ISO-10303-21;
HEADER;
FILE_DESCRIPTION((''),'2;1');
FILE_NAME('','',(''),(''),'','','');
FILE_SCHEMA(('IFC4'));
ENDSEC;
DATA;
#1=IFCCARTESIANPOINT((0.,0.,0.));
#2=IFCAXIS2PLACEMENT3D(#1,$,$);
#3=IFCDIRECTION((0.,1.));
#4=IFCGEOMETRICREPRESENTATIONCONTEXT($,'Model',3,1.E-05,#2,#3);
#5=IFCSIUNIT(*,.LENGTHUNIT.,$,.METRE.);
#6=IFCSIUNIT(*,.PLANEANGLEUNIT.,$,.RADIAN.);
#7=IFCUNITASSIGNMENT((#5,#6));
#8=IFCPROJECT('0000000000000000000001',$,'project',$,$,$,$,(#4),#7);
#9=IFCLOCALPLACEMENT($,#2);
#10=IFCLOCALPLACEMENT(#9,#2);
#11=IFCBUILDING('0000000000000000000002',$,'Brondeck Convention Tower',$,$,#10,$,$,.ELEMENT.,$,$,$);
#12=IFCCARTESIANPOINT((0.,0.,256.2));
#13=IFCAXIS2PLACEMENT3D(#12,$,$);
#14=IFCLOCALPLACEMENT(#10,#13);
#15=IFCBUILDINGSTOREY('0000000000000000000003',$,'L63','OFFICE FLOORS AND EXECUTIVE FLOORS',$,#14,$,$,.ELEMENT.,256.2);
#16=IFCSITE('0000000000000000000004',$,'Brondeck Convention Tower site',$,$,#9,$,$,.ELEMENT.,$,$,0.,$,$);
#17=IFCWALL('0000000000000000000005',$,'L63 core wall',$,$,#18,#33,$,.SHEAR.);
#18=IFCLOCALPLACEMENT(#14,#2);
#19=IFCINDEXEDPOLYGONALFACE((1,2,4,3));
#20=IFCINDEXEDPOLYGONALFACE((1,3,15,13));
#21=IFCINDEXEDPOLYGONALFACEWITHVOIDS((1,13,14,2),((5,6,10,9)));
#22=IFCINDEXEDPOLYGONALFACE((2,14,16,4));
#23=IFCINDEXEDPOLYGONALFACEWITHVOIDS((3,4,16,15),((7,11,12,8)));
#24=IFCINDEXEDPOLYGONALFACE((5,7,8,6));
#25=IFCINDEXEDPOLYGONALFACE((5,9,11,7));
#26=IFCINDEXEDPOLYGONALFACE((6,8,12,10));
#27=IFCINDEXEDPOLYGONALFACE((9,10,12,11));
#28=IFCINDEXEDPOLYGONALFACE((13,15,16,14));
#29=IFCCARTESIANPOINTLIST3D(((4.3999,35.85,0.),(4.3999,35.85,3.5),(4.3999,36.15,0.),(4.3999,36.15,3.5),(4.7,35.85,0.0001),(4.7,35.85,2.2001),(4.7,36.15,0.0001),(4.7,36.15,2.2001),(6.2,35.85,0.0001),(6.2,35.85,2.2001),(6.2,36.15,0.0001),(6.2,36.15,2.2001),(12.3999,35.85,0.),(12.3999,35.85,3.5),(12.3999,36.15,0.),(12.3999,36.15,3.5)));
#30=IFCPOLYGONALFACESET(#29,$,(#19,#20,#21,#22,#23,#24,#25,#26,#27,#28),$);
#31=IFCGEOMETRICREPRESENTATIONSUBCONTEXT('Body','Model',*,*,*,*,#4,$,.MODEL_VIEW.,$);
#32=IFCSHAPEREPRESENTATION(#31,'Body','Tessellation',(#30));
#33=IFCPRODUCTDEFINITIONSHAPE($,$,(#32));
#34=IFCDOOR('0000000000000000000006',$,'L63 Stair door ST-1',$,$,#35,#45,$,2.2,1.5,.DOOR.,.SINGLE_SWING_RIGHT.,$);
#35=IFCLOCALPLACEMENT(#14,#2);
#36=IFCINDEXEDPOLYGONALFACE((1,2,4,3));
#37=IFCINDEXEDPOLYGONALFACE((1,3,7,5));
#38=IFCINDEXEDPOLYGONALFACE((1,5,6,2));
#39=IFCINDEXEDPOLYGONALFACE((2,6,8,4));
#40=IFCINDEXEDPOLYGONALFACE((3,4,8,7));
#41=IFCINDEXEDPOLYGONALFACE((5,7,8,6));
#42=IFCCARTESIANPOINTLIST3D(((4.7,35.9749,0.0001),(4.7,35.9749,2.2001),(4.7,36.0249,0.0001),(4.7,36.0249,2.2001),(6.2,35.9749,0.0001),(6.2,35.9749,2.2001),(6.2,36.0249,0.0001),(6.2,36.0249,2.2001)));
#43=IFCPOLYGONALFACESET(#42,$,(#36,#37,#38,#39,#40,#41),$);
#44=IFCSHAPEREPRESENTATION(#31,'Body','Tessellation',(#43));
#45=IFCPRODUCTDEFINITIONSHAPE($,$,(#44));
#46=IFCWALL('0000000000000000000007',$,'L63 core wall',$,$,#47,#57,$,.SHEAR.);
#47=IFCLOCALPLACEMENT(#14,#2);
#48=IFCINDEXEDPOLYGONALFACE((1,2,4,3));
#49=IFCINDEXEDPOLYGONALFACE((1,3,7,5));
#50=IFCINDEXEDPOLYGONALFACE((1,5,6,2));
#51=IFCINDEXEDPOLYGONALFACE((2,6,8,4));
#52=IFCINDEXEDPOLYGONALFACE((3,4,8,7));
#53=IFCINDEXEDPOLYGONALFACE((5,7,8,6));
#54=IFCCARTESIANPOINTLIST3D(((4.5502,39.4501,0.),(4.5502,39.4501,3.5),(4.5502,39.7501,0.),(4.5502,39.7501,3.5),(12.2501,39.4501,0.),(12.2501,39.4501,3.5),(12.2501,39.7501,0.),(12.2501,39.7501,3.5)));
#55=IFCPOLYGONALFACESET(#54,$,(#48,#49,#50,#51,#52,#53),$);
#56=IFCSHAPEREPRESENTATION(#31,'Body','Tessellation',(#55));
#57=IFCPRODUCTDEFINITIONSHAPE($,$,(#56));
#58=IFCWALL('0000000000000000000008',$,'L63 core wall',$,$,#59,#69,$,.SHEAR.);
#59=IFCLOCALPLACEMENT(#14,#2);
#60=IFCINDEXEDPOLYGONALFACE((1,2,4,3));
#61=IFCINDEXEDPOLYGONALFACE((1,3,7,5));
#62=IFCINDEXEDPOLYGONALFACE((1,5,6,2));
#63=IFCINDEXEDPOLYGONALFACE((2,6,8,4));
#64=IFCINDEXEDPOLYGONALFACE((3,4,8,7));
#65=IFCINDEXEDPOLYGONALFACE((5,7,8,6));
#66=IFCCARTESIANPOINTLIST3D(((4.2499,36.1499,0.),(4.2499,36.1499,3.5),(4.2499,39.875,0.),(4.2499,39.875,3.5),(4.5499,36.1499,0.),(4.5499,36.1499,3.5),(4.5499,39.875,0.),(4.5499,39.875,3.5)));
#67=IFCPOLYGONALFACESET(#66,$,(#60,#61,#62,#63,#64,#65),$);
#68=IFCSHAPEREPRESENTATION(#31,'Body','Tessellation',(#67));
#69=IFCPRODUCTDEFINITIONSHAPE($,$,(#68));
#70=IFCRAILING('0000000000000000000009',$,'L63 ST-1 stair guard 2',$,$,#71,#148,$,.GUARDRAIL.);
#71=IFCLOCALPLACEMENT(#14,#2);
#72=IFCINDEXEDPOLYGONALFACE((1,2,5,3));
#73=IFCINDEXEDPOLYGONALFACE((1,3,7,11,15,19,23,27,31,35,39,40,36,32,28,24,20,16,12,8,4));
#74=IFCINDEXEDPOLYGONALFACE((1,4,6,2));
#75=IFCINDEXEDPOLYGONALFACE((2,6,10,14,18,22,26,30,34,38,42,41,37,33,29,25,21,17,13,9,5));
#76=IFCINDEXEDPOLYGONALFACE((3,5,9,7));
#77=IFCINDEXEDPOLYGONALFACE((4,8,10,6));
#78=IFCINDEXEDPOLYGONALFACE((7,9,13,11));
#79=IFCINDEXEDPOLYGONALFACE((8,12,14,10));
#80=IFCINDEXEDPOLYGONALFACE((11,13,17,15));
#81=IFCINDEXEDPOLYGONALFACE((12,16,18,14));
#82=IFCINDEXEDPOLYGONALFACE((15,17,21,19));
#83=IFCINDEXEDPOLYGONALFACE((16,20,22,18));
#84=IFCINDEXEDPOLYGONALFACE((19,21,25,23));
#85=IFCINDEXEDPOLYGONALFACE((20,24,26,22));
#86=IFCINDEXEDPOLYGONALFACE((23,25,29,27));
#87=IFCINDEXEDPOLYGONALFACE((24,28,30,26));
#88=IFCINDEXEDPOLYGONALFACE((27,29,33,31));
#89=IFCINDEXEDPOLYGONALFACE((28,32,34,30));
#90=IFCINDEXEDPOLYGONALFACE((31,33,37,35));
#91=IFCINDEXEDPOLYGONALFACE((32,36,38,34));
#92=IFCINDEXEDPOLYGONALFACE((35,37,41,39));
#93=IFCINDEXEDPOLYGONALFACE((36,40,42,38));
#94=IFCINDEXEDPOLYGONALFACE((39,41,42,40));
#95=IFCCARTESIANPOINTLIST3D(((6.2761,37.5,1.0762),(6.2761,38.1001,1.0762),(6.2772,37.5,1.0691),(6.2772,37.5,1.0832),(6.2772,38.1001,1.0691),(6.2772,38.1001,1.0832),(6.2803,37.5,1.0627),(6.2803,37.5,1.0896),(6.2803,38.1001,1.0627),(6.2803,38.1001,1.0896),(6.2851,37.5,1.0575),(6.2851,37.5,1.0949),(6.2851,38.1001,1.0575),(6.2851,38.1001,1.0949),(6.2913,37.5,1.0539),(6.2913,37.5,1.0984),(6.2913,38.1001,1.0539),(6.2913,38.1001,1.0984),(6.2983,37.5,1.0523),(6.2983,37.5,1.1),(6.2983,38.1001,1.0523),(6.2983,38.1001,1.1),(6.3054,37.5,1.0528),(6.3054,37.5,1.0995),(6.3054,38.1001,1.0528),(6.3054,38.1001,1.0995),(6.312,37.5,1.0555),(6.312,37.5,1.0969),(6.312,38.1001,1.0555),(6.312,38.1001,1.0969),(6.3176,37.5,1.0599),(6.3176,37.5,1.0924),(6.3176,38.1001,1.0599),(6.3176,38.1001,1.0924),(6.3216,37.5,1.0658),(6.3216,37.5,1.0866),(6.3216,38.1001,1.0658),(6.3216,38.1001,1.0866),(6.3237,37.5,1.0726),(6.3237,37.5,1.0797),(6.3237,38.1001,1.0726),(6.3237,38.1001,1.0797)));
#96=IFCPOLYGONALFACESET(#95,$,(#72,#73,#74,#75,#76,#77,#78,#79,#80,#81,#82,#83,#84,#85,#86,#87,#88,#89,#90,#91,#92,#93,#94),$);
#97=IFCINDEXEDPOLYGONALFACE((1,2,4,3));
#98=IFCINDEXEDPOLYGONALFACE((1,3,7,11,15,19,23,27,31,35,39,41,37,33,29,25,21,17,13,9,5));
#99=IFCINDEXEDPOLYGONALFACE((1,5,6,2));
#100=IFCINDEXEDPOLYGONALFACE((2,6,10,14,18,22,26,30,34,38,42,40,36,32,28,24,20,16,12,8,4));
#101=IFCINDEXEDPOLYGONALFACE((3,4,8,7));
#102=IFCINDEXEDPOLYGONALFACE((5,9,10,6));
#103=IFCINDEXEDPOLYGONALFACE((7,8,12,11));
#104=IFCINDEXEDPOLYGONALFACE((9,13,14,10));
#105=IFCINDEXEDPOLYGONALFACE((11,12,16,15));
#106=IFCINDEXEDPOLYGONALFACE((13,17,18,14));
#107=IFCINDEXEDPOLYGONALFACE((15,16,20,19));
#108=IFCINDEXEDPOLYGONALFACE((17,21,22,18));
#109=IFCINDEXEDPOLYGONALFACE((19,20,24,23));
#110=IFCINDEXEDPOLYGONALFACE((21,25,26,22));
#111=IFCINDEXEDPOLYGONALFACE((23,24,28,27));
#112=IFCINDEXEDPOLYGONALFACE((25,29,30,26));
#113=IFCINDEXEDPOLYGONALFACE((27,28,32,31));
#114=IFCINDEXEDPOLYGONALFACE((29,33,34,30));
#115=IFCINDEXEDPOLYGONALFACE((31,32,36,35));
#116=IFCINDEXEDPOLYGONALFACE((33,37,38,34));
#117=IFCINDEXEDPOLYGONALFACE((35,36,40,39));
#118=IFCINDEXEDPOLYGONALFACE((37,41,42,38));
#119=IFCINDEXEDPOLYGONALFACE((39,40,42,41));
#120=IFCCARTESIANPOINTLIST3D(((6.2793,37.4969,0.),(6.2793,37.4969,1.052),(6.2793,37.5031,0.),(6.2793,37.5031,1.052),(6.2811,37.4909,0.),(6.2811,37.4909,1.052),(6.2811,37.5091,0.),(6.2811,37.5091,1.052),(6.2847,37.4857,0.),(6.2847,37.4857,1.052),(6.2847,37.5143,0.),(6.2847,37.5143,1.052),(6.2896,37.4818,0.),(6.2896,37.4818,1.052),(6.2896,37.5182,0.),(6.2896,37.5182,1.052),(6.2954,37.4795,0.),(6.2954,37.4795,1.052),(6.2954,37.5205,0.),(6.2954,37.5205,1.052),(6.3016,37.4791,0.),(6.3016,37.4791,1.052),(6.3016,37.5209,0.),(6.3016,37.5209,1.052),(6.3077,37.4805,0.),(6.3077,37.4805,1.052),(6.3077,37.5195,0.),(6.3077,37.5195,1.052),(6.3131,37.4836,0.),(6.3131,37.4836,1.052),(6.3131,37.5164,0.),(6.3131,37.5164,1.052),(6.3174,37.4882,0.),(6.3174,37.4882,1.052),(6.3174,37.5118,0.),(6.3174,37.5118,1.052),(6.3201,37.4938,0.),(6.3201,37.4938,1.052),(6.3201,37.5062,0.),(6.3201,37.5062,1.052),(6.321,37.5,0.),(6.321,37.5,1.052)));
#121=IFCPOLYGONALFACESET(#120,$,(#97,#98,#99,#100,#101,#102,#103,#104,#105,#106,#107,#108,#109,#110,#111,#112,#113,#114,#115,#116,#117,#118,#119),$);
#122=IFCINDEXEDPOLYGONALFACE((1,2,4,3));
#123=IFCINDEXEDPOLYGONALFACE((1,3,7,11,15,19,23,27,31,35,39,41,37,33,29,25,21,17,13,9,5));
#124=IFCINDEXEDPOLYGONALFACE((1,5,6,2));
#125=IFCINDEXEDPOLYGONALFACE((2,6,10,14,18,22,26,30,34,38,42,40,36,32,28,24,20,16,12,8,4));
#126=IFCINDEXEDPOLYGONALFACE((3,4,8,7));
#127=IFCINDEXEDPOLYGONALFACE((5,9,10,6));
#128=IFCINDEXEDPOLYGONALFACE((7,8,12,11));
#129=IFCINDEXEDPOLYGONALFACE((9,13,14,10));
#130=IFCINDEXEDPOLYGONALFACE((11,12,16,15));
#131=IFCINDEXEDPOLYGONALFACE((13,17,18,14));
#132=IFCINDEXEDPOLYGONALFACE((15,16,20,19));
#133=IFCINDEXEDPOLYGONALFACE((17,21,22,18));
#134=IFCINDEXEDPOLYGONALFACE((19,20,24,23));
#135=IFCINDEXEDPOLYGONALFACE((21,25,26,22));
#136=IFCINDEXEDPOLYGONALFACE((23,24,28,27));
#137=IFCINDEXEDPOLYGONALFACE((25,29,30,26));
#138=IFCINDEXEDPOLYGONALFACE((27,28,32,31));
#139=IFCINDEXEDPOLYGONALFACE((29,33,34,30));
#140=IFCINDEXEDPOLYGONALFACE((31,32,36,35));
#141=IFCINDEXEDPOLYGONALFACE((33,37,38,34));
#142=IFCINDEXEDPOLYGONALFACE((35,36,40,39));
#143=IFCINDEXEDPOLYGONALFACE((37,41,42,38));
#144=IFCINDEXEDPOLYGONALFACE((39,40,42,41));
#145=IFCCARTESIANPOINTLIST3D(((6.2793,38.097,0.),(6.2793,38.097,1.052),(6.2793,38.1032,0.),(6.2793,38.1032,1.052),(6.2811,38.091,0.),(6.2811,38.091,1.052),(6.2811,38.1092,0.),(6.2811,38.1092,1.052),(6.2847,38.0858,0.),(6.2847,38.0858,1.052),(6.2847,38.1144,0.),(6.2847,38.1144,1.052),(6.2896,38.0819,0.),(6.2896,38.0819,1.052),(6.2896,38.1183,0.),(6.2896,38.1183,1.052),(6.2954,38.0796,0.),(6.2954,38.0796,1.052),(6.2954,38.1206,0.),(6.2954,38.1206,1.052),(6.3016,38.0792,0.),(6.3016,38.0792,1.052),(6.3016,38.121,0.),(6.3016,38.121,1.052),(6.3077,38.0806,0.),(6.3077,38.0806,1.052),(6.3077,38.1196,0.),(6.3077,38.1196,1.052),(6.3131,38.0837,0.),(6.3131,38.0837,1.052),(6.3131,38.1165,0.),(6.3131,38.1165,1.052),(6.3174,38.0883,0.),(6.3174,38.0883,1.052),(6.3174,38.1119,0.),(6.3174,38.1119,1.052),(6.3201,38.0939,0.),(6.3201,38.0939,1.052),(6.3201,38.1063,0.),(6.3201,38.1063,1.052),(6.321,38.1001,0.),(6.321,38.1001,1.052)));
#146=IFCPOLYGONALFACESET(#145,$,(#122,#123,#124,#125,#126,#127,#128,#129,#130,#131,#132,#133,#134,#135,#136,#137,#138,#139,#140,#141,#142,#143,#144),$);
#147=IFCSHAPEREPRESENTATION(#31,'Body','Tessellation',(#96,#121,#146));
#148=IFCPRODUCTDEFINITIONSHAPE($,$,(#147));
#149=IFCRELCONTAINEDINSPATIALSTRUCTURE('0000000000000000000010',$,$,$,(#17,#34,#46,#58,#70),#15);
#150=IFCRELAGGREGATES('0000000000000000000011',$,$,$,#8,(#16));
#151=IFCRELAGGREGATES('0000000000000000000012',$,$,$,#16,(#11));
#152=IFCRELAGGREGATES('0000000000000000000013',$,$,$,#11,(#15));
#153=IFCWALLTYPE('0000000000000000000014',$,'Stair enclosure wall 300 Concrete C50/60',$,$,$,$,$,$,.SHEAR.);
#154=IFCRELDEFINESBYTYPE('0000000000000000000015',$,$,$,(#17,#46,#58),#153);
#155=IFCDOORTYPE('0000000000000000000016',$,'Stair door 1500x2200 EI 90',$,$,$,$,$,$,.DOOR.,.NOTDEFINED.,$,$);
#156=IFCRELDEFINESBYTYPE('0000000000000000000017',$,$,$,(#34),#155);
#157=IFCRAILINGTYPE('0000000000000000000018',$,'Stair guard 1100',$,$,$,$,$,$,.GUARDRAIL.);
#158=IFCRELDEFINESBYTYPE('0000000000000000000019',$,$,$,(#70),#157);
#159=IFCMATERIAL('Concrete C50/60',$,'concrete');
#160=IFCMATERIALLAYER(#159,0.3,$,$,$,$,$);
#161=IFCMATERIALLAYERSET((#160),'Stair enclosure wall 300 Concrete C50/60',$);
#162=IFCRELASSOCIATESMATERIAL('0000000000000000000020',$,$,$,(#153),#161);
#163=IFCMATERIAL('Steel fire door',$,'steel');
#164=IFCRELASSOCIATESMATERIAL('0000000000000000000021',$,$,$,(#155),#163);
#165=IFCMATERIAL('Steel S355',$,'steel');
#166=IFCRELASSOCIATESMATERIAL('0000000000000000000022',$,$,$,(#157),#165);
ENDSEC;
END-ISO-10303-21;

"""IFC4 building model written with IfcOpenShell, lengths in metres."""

from ifc_helpers import new_model, si_unit, direction, frame, frame_2d, origin, origin_2d, place, context, subcontext, project, spatial, rectangle, circle, extrude, material, layer, layer_set, type_object, element, fill, save


model = new_model("IFC4")

# Units and contexts
model_context = context("Model", 3, precision=1e-05, world=origin(), true_north=direction((0.0, 1.0)))
body_context = subcontext(model_context, "Body", "Model", "MODEL_VIEW")
ifc_project = project(units=[si_unit("LENGTHUNIT", "METRE"), si_unit("PLANEANGLEUNIT", "RADIAN")], contexts=[model_context])

# Site, building, storey
site_placement = place(None, origin())
site = spatial("IfcSite", under=ifc_project, at=site_placement, Name="Brondeck Convention Tower site", CompositionType="ELEMENT", RefElevation=0.0)
building_placement = place(site_placement, origin())
building = spatial("IfcBuilding", under=site, at=building_placement, Name="Brondeck Convention Tower", CompositionType="ELEMENT")
storey_placement = place(building_placement, frame((0.0, 0.0, 256.2)))
storey = spatial("IfcBuildingStorey", under=building, at=storey_placement, Name="L63", Description="OFFICE FLOORS AND EXECUTIVE FLOORS", CompositionType="ELEMENT", Elevation=256.2)

# Shared definitions
ifc_material_1 = material(Name="Concrete C50/60", Category="concrete")

# Shared definitions
ifc_material_2 = material(Name="Steel fire door", Category="steel")

# Wall, opening, door
ifc_layer_1 = layer(ifc_material_1, 0.3)
ifc_layer_set_1 = layer_set([ifc_layer_1], Name="Stair enclosure wall 300 Concrete C50/60")
wall_type_1 = type_object("IfcWallType", Name="Stair enclosure wall 300 Concrete C50/60", PredefinedType="SHEAR", material=ifc_layer_set_1)
wall_1_placement = place(storey_placement, frame((4.3999, 36.0, 0.0), z_axis=(0.0, 0.0, 1.0), x_axis=(1.0, 0.0, 0.0)))
wall_1 = element("IfcWall", 1, at=wall_1_placement, inside=storey, type_object=wall_type_1, Name="L63 core wall", PredefinedType="SHEAR", context=body_context, shape_type="SweptSolid", body=[
    extrude(rectangle(XDim=8.0, YDim=0.3, at=frame_2d((4.0, 0.0))), origin(), (0.0, 0.0, 1.0), 3.5),
])
opening_1_placement = place(wall_1_placement, frame((0.3, 0.0, 0.0)))
opening_1 = element("IfcOpeningElement", 2, at=opening_1_placement, cuts=wall_1, PredefinedType="OPENING", context=body_context, shape_type="SweptSolid", body=[
    extrude(rectangle(XDim=1.5, YDim=2.2, at=frame_2d((0.75, 1.1001))), frame((0.0, 0.1599, 0.0), z_axis=(0.0, -1.0, 0.0), x_axis=(1.0, 0.0, 0.0)), (0.0, 0.0, 1.0), 0.3201),
])
door_type_1 = type_object("IfcDoorType", Name="Stair door 1500x2200 EI 90", OperationType="NOTDEFINED", PredefinedType="DOOR", material=ifc_material_2)
door_1_placement = place(opening_1_placement, origin())
door_1 = element("IfcDoor", 3, at=door_1_placement, inside=storey, type_object=door_type_1, Name="L63 Stair door ST-1", OperationType="SINGLE_SWING_RIGHT", OverallHeight=2.2, OverallWidth=1.5, PredefinedType="DOOR", context=body_context, shape_type="SweptSolid", body=[
    extrude(rectangle(XDim=1.5, YDim=2.2, at=frame_2d((0.75, 1.1001))), frame((0.0, 0.0249, 0.0), z_axis=(0.0, -1.0, 0.0), x_axis=(1.0, 0.0, 0.0)), (0.0, 0.0, 1.0), 0.05),
])
fill(opening_1, door_1)

# Walls
wall_2_placement = place(storey_placement, frame((4.55, 39.6001, 0.0), z_axis=(0.0, 0.0, 1.0), x_axis=(1.0, 0.0, 0.0)))
element("IfcWall", 4, at=wall_2_placement, inside=storey, type_object=wall_type_1, Name="L63 core wall", PredefinedType="SHEAR", context=body_context, shape_type="SweptSolid", body=[
    extrude(rectangle(XDim=7.7, YDim=0.3, at=frame_2d((3.8501, 0.0))), origin(), (0.0, 0.0, 1.0), 3.5),
])
wall_3_placement = place(storey_placement, frame((4.3999, 36.1499, 0.0), z_axis=(0.0, 0.0, 1.0), x_axis=(0.0, 1.0, 0.0)))
element("IfcWall", 5, at=wall_3_placement, inside=storey, type_object=wall_type_1, Name="L63 core wall", PredefinedType="SHEAR", context=body_context, shape_type="SweptSolid", body=[
    extrude(rectangle(XDim=3.7251, YDim=0.3, at=frame_2d((1.8625, 0.0))), origin(), (0.0, 0.0, 1.0), 3.5),
])

# Railing
ifc_material_3 = material(Name="Steel S355", Category="steel")
railing_type = type_object("IfcRailingType", Name="Stair guard 1100", PredefinedType="GUARDRAIL", material=ifc_material_3)
railing_placement = place(storey_placement, frame((6.3, 37.5, 0.0)))
element("IfcRailing", 6, at=railing_placement, inside=storey, type_object=railing_type, Name="L63 ST-1 stair guard 2", PredefinedType="GUARDRAIL", context=body_context, shape_type="SweptSolid", body=[
    extrude(circle(Radius=0.0239, at=origin_2d()), frame((0.0, 0.0, 1.0762), z_axis=(0.0, 1.0, 0.0), x_axis=(-1.0, 0.0, 0.0)), (0.0, 0.0, 1.0), 0.6001),
    extrude(circle(Radius=0.021, at=origin_2d()), origin(), (0.0, 0.0, 1.0), 1.052),
    extrude(circle(Radius=0.021, at=origin_2d()), frame((0.0, 0.6001, 0.0)), (0.0, 0.0, 1.0), 1.052),
])

save(model, "model.ifc")
